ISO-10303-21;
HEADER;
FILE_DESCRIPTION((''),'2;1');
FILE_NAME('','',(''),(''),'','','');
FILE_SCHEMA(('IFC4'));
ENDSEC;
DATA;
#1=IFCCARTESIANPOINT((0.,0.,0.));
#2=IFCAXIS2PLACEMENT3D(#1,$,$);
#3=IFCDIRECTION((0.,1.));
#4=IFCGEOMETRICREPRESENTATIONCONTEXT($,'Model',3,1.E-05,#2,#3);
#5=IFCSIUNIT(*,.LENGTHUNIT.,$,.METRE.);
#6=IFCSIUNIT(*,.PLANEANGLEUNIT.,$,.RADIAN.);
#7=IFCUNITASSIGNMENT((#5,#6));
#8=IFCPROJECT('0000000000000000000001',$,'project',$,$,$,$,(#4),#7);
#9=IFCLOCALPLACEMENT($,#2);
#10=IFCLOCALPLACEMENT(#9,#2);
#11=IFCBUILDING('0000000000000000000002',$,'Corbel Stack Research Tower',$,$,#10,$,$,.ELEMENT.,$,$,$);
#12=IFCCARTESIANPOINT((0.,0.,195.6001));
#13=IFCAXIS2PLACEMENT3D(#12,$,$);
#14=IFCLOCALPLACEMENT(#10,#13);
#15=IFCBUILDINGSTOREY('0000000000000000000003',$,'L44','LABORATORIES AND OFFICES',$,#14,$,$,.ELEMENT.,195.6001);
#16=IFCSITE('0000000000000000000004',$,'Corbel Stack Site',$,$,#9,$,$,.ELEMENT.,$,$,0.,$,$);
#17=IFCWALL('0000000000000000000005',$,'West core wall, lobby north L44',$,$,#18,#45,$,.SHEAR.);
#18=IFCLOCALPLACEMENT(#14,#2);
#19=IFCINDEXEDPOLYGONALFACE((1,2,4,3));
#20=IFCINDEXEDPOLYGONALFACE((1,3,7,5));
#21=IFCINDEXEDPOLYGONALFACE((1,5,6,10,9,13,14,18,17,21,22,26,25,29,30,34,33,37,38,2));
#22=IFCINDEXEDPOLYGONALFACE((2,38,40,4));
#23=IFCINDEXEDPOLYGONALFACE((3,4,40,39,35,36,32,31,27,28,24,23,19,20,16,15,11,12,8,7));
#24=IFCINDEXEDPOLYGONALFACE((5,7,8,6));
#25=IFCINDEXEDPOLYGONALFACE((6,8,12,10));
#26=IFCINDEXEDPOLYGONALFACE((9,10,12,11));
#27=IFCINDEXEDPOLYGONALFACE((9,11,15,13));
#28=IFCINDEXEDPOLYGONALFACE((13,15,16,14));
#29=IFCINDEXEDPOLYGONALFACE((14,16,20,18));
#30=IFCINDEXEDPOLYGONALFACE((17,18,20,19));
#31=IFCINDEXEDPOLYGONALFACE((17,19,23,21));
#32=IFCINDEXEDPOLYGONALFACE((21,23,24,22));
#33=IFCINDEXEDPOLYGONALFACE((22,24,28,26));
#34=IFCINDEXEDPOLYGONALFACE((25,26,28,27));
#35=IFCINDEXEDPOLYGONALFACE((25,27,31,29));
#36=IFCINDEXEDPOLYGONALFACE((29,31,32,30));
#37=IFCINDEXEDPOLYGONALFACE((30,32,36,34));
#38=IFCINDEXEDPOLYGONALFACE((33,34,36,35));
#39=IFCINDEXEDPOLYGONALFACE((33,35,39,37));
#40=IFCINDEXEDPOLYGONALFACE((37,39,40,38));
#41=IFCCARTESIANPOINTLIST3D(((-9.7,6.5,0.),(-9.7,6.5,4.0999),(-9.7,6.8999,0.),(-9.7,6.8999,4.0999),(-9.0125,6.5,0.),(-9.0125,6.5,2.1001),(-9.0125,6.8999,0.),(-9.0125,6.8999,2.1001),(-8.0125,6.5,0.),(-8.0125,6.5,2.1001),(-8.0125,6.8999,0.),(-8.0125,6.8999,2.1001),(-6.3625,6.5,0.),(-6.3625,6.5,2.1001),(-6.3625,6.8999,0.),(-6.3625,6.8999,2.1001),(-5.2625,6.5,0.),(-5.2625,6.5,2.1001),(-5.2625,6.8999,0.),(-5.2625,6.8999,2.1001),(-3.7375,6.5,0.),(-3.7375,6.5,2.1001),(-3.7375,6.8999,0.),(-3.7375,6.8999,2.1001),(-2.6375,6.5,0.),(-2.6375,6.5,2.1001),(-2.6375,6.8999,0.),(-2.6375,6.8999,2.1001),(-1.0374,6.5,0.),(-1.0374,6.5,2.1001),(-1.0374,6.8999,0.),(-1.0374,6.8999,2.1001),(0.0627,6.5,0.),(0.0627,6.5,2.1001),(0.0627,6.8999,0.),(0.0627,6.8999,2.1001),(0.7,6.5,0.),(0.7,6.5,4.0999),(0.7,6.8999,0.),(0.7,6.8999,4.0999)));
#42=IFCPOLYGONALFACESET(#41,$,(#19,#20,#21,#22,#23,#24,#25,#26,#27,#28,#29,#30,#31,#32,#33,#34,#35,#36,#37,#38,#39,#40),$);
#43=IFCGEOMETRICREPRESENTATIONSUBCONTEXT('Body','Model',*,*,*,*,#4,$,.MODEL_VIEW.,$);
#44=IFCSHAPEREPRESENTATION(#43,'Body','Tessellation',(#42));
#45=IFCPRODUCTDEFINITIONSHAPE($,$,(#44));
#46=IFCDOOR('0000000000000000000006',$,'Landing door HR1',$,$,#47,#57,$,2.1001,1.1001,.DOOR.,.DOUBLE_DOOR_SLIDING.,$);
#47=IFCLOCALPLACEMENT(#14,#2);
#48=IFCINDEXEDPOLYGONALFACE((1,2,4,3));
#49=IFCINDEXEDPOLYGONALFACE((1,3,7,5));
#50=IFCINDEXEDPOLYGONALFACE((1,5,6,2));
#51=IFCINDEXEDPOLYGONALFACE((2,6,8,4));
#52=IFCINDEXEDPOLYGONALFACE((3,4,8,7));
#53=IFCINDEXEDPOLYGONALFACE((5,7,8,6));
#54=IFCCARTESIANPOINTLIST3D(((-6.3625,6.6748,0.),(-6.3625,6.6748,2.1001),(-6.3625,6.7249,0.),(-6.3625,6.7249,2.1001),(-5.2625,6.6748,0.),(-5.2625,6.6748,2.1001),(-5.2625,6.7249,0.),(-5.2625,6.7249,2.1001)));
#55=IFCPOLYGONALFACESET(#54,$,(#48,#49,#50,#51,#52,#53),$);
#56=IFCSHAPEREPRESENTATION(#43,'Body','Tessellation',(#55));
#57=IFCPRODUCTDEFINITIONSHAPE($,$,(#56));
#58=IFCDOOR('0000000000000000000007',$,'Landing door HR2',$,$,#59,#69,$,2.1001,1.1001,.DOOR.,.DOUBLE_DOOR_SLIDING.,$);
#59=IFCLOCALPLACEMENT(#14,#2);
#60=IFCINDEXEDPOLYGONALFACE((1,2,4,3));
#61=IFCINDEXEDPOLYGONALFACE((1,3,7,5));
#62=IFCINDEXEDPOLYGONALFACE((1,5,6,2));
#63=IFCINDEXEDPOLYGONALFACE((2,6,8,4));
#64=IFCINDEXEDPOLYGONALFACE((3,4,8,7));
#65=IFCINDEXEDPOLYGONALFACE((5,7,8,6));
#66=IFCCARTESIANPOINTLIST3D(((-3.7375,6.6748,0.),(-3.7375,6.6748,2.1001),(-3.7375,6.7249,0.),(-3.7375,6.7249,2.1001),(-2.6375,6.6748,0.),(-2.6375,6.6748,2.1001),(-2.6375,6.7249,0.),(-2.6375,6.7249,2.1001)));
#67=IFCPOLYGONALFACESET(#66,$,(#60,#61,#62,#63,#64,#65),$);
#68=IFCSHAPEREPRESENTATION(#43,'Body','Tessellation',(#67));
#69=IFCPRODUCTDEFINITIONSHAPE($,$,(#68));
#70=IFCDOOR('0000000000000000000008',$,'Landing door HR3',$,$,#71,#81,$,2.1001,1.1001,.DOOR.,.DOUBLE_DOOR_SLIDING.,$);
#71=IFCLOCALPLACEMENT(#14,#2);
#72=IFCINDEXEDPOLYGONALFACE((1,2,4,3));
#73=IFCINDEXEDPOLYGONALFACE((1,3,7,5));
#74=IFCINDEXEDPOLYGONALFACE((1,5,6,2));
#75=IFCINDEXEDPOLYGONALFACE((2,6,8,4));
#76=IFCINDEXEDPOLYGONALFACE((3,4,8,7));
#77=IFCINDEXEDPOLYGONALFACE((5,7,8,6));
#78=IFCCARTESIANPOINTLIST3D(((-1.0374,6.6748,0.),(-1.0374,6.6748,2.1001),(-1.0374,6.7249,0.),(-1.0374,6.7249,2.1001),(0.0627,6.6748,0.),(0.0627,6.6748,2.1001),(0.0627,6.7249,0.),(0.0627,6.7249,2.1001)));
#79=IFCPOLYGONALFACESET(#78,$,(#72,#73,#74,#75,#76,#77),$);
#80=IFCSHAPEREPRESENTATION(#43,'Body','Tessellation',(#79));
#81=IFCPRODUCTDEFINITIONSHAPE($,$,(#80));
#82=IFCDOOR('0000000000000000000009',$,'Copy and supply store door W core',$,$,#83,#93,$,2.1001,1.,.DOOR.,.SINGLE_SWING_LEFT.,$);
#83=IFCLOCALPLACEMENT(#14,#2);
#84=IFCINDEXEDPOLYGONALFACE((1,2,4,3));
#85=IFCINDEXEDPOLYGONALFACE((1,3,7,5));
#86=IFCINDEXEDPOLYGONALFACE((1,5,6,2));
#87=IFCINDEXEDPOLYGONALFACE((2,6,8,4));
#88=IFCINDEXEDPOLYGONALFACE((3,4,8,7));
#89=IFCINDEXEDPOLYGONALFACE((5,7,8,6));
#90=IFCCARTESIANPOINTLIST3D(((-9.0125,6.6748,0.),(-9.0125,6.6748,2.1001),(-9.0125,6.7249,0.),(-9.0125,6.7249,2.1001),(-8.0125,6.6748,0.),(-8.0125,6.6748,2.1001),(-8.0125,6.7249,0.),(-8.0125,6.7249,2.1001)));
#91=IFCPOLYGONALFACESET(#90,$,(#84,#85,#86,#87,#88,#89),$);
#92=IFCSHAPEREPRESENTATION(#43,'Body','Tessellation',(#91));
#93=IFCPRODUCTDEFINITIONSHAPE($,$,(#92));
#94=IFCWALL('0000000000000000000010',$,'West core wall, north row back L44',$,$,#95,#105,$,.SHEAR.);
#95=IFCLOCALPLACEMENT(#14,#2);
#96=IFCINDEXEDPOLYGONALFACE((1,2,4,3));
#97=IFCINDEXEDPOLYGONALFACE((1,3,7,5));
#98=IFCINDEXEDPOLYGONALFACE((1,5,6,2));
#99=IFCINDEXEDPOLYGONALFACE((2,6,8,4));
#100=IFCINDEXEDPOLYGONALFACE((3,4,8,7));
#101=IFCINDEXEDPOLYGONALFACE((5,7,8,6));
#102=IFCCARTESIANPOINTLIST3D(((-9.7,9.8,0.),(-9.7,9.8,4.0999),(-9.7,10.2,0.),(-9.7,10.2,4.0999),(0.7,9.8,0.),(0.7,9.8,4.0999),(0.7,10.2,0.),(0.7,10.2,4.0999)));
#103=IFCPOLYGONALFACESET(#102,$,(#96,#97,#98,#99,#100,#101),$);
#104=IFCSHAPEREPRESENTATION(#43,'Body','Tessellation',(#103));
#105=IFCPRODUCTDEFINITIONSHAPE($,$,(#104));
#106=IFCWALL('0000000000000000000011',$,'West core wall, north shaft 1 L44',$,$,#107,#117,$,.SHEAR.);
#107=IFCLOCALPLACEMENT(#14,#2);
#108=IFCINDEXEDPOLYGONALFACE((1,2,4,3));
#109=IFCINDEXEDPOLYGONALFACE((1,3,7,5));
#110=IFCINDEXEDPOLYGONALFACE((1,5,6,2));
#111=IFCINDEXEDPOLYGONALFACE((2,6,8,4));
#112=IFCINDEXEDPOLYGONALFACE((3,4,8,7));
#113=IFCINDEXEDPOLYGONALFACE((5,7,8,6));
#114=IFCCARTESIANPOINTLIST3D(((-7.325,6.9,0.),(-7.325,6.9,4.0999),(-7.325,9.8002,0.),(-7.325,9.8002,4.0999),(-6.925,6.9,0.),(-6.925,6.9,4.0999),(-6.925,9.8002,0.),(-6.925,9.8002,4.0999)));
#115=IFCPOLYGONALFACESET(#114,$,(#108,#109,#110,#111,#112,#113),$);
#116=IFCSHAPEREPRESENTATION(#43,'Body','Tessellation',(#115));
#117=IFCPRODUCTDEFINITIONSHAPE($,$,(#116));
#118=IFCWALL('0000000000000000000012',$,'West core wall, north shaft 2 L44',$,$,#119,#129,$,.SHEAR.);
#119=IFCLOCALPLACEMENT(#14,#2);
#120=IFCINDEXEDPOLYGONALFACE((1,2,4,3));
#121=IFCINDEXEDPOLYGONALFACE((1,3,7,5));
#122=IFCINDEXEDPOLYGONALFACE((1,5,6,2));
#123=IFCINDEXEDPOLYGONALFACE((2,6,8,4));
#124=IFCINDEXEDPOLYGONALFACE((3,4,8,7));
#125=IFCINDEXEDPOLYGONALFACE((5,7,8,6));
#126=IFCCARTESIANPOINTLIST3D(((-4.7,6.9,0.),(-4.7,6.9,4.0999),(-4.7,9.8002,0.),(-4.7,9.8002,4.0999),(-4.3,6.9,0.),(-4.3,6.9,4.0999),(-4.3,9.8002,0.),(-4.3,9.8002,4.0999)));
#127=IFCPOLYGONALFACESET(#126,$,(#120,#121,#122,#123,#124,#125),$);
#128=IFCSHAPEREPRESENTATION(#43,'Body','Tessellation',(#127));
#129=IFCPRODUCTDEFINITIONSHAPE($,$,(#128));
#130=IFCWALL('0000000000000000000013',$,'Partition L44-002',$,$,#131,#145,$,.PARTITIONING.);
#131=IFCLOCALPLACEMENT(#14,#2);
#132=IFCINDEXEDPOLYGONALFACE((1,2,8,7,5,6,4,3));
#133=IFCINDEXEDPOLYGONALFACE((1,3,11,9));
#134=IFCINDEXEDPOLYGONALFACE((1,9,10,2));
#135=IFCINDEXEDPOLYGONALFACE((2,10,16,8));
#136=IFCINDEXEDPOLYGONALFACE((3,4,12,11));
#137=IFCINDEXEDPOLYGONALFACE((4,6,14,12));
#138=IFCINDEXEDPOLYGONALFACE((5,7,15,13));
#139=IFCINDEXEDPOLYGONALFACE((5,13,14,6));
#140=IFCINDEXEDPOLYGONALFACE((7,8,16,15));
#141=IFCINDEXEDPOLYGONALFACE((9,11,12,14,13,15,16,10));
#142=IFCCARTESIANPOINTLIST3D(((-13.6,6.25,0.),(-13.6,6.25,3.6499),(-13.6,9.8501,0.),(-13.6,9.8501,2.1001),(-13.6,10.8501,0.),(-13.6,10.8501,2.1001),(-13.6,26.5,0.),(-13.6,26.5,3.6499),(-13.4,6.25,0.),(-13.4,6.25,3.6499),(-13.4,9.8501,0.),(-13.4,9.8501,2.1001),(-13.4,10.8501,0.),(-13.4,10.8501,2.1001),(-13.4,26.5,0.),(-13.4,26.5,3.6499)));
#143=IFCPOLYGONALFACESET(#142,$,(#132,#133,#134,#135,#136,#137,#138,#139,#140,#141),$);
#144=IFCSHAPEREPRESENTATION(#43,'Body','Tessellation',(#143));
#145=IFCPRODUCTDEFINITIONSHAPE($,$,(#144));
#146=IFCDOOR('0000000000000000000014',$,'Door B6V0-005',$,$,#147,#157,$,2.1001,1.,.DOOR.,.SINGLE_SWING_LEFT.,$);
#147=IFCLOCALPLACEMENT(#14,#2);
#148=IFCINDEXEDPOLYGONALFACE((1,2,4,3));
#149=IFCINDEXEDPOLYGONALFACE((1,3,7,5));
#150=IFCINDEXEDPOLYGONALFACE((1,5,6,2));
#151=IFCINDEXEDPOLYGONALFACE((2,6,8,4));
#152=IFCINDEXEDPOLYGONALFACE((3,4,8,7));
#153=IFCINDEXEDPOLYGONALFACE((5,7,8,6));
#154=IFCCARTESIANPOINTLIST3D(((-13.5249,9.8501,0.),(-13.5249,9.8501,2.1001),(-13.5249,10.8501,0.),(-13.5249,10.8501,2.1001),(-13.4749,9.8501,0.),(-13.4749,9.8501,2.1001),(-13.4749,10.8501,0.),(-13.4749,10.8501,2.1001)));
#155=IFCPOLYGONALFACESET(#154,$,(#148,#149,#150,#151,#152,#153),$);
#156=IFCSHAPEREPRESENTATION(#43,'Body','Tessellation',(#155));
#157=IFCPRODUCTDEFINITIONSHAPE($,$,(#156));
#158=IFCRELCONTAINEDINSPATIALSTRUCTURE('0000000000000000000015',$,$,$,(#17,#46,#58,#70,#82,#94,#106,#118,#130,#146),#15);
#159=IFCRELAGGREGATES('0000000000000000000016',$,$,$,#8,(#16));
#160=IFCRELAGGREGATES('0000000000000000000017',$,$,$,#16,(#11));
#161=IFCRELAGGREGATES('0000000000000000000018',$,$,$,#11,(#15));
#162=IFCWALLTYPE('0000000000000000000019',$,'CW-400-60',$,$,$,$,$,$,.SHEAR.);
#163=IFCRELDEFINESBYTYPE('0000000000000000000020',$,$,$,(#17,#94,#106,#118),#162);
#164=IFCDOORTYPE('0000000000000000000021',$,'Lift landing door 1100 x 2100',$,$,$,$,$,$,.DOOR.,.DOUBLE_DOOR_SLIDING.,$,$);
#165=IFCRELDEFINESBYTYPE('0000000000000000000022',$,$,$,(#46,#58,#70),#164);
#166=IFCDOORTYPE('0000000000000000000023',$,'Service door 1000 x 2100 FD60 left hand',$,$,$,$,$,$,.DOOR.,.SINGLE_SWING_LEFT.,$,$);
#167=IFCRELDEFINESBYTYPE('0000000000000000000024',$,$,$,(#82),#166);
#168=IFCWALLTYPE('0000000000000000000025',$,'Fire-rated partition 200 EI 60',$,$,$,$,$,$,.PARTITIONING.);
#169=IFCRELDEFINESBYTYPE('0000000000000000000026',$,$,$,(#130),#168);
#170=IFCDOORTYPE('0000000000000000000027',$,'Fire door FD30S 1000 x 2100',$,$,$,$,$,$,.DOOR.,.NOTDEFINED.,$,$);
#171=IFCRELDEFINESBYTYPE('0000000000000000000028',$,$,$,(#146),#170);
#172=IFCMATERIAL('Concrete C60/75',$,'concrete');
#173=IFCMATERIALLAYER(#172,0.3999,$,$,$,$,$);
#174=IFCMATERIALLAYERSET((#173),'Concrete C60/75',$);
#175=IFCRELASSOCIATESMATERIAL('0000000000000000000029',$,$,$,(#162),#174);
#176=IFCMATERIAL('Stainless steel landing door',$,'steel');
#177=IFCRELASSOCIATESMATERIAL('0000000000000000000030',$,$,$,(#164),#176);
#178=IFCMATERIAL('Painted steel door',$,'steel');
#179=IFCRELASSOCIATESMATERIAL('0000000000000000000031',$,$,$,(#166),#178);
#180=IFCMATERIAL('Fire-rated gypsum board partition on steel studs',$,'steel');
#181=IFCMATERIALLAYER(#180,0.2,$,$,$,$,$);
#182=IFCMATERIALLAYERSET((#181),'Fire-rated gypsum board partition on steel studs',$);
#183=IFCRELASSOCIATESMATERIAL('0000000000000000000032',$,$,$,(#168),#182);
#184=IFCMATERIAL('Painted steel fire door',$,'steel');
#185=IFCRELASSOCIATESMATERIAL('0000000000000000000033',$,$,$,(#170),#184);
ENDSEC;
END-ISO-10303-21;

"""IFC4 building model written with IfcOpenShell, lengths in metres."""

from ifc_helpers import new_model, si_unit, direction, frame, frame_2d, origin, place, context, subcontext, project, spatial, rectangle, extrude, material, layer, layer_set, type_object, element, fill, save


model = new_model("IFC4")

# Units and contexts
model_context = context("Model", 3, precision=1e-05, world=origin(), true_north=direction((0.0, 1.0)))
body_context = subcontext(model_context, "Body", "Model", "MODEL_VIEW")
ifc_project = project(units=[si_unit("LENGTHUNIT", "METRE"), si_unit("PLANEANGLEUNIT", "RADIAN")], contexts=[model_context])

# Site, building, storey
site_placement = place(None, origin())
site = spatial("IfcSite", under=ifc_project, at=site_placement, Name="Corbel Stack Site", CompositionType="ELEMENT", RefElevation=0.0)
building_placement = place(site_placement, origin())
building = spatial("IfcBuilding", under=site, at=building_placement, Name="Corbel Stack Research Tower", CompositionType="ELEMENT")
storey_placement = place(building_placement, frame((0.0, 0.0, 195.6001)))
storey = spatial("IfcBuildingStorey", under=building, at=storey_placement, Name="L44", Description="LABORATORIES AND OFFICES", CompositionType="ELEMENT", Elevation=195.6001)

# Wall, openings, doors
ifc_material_1 = material(Name="Concrete C60/75", Category="concrete")
ifc_layer_1 = layer(ifc_material_1, 0.3999)
ifc_layer_set_1 = layer_set([ifc_layer_1], Name="Concrete C60/75")
wall_type_1 = type_object("IfcWallType", Name="CW-400-60", PredefinedType="SHEAR", material=ifc_layer_set_1)
ifc_material_2 = material(Name="Stainless steel landing door", Category="steel")
door_type_1 = type_object("IfcDoorType", Name="Lift landing door 1100 x 2100", OperationType="DOUBLE_DOOR_SLIDING", PredefinedType="DOOR", material=ifc_material_2)
ifc_material_3 = material(Name="Painted steel door", Category="steel")
door_type_2 = type_object("IfcDoorType", Name="Service door 1000 x 2100 FD60 left hand", OperationType="SINGLE_SWING_LEFT", PredefinedType="DOOR", material=ifc_material_3)
wall_1_placement = place(storey_placement, frame((-9.7, 6.7, 0.0), z_axis=(0.0, 0.0, 1.0), x_axis=(1.0, 0.0, 0.0)))
wall_1 = element("IfcWall", 1, at=wall_1_placement, inside=storey, type_object=wall_type_1, Name="West core wall, lobby north L44", PredefinedType="SHEAR", context=body_context, shape_type="SweptSolid", body=[
    extrude(rectangle(XDim=10.3999, YDim=0.3999, at=frame_2d((5.2, 0.0))), origin(), (0.0, 0.0, 1.0), 4.0999),
])
opening_1_placement = place(wall_1_placement, frame((3.3374, 0.0, 0.0)))
opening_1 = element("IfcOpeningElement", 2, at=opening_1_placement, cuts=wall_1, PredefinedType="OPENING", context=body_context, shape_type="SweptSolid", body=[
    extrude(rectangle(XDim=1.1001, YDim=2.1001, at=frame_2d((0.55, 1.05))), frame((0.0, 0.21, 0.0), z_axis=(0.0, -1.0, 0.0), x_axis=(1.0, 0.0, 0.0)), (0.0, 0.0, 1.0), 0.4199),
])
opening_2_placement = place(wall_1_placement, frame((5.9624, 0.0, 0.0)))
opening_2 = element("IfcOpeningElement", 3, at=opening_2_placement, cuts=wall_1, PredefinedType="OPENING", context=body_context, shape_type="SweptSolid", body=[
    extrude(rectangle(XDim=1.1001, YDim=2.1001, at=frame_2d((0.55, 1.05))), frame((0.0, 0.21, 0.0), z_axis=(0.0, -1.0, 0.0), x_axis=(1.0, 0.0, 0.0)), (0.0, 0.0, 1.0), 0.4199),
])
opening_3_placement = place(wall_1_placement, frame((8.6626, 0.0, 0.0)))
opening_3 = element("IfcOpeningElement", 4, at=opening_3_placement, cuts=wall_1, PredefinedType="OPENING", context=body_context, shape_type="SweptSolid", body=[
    extrude(rectangle(XDim=1.1001, YDim=2.1001, at=frame_2d((0.55, 1.05))), frame((0.0, 0.21, 0.0), z_axis=(0.0, -1.0, 0.0), x_axis=(1.0, 0.0, 0.0)), (0.0, 0.0, 1.0), 0.4199),
])
opening_4_placement = place(wall_1_placement, frame((0.6875, 0.0, 0.0)))
opening_4 = element("IfcOpeningElement", 5, at=opening_4_placement, cuts=wall_1, PredefinedType="OPENING", context=body_context, shape_type="SweptSolid", body=[
    extrude(rectangle(XDim=1.0, YDim=2.1001, at=frame_2d((0.5, 1.05))), frame((0.0, 0.21, 0.0), z_axis=(0.0, -1.0, 0.0), x_axis=(1.0, 0.0, 0.0)), (0.0, 0.0, 1.0), 0.4199),
])
door_1_placement = place(opening_1_placement, origin())
door_1 = element("IfcDoor", 6, at=door_1_placement, inside=storey, type_object=door_type_1, Name="Landing door HR1", OperationType="DOUBLE_DOOR_SLIDING", OverallHeight=2.1001, OverallWidth=1.1001, PredefinedType="DOOR", context=body_context, shape_type="SweptSolid", body=[
    extrude(rectangle(XDim=1.1001, YDim=2.1001, at=frame_2d((0.55, 1.05))), frame((0.0, 0.0249, 0.0), z_axis=(0.0, -1.0, 0.0), x_axis=(1.0, 0.0, 0.0)), (0.0, 0.0, 1.0), 0.05),
])
fill(opening_1, door_1)
door_2_placement = place(opening_2_placement, origin())
door_2 = element("IfcDoor", 7, at=door_2_placement, inside=storey, type_object=door_type_1, Name="Landing door HR2", OperationType="DOUBLE_DOOR_SLIDING", OverallHeight=2.1001, OverallWidth=1.1001, PredefinedType="DOOR", context=body_context, shape_type="SweptSolid", body=[
    extrude(rectangle(XDim=1.1001, YDim=2.1001, at=frame_2d((0.55, 1.05))), frame((0.0, 0.0249, 0.0), z_axis=(0.0, -1.0, 0.0), x_axis=(1.0, 0.0, 0.0)), (0.0, 0.0, 1.0), 0.05),
])
fill(opening_2, door_2)
door_3_placement = place(opening_3_placement, origin())
door_3 = element("IfcDoor", 8, at=door_3_placement, inside=storey, type_object=door_type_1, Name="Landing door HR3", OperationType="DOUBLE_DOOR_SLIDING", OverallHeight=2.1001, OverallWidth=1.1001, PredefinedType="DOOR", context=body_context, shape_type="SweptSolid", body=[
    extrude(rectangle(XDim=1.1001, YDim=2.1001, at=frame_2d((0.55, 1.05))), frame((0.0, 0.0249, 0.0), z_axis=(0.0, -1.0, 0.0), x_axis=(1.0, 0.0, 0.0)), (0.0, 0.0, 1.0), 0.05),
])
fill(opening_3, door_3)
door_4_placement = place(opening_4_placement, origin())
door_4 = element("IfcDoor", 9, at=door_4_placement, inside=storey, type_object=door_type_2, Name="Copy and supply store door W core", OperationType="SINGLE_SWING_LEFT", OverallHeight=2.1001, OverallWidth=1.0, PredefinedType="DOOR", context=body_context, shape_type="SweptSolid", body=[
    extrude(rectangle(XDim=1.0, YDim=2.1001, at=frame_2d((0.5, 1.05))), frame((0.0, 0.0249, 0.0), z_axis=(0.0, -1.0, 0.0), x_axis=(1.0, 0.0, 0.0)), (0.0, 0.0, 1.0), 0.05),
])
fill(opening_4, door_4)

# Walls
wall_2_placement = place(storey_placement, frame((-9.7, 10.0, 0.0), z_axis=(0.0, 0.0, 1.0), x_axis=(1.0, 0.0, 0.0)))
element("IfcWall", 10, at=wall_2_placement, inside=storey, type_object=wall_type_1, Name="West core wall, north row back L44", PredefinedType="SHEAR", context=body_context, shape_type="SweptSolid", body=[
    extrude(rectangle(XDim=10.3999, YDim=0.3999, at=frame_2d((5.2, 0.0))), origin(), (0.0, 0.0, 1.0), 4.0999),
])
for number, where, z_axis, x_axis, name in (
    (11, (-7.125, 6.8999, 0.0), (0.0, 0.0, 1.0), (0.0, 1.0, 0.0), "West core wall, north shaft 1 L44"),
    (12, (-4.5, 6.8999, 0.0), (0.0, 0.0, 1.0), (0.0, 1.0, 0.0), "West core wall, north shaft 2 L44"),
):
    element("IfcWall", number, at=place(storey_placement, frame(where, z_axis=z_axis, x_axis=x_axis)), inside=storey, type_object=wall_type_1, Name=name, PredefinedType="SHEAR", context=body_context, shape_type="SweptSolid", body=[
        extrude(rectangle(XDim=2.9001, YDim=0.3999, at=frame_2d((1.4502, 0.0))), origin(), (0.0, 0.0, 1.0), 4.0999),
    ])

# Wall, opening, door
ifc_material_4 = material(Name="Fire-rated gypsum board partition on steel studs", Category="steel")
ifc_layer_2 = layer(ifc_material_4, 0.2)
ifc_layer_set_2 = layer_set([ifc_layer_2], Name="Fire-rated gypsum board partition on steel studs")
wall_type_2 = type_object("IfcWallType", Name="Fire-rated partition 200 EI 60", PredefinedType="PARTITIONING", material=ifc_layer_set_2)
wall_3_placement = place(storey_placement, frame((-13.5, 6.25, 0.0), z_axis=(0.0, 0.0, 1.0), x_axis=(0.0, 1.0, 0.0)))
wall_3 = element("IfcWall", 13, at=wall_3_placement, inside=storey, type_object=wall_type_2, Name="Partition L44-002", PredefinedType="PARTITIONING", context=body_context, shape_type="SweptSolid", body=[
    extrude(rectangle(XDim=20.25, YDim=0.2, at=frame_2d((10.125, 0.0))), origin(), (0.0, 0.0, 1.0), 3.6499),
])
opening_5_placement = place(wall_3_placement, frame((3.6001, 0.0, 0.0)))
opening_5 = element("IfcOpeningElement", 14, at=opening_5_placement, cuts=wall_3, PredefinedType="OPENING", context=body_context, shape_type="SweptSolid", body=[
    extrude(rectangle(XDim=1.0, YDim=2.1001, at=frame_2d((0.5, 1.05))), frame((0.0, 0.1099, 0.0), z_axis=(0.0, -1.0, 0.0), x_axis=(1.0, 0.0, 0.0)), (0.0, 0.0, 1.0), 0.22),
])
ifc_material_5 = material(Name="Painted steel fire door", Category="steel")
door_type_3 = type_object("IfcDoorType", Name="Fire door FD30S 1000 x 2100", OperationType="NOTDEFINED", PredefinedType="DOOR", material=ifc_material_5)
door_5_placement = place(opening_5_placement, origin())
door_5 = element("IfcDoor", 15, at=door_5_placement, inside=storey, type_object=door_type_3, Name="Door B6V0-005", OperationType="SINGLE_SWING_LEFT", OverallHeight=2.1001, OverallWidth=1.0, PredefinedType="DOOR", context=body_context, shape_type="SweptSolid", body=[
    extrude(rectangle(XDim=1.0, YDim=2.1001, at=frame_2d((0.5, 1.05))), frame((0.0, 0.0249, 0.0), z_axis=(0.0, -1.0, 0.0), x_axis=(1.0, 0.0, 0.0)), (0.0, 0.0, 1.0), 0.05),
])
fill(opening_5, door_5)

save(model, "model.ifc")
